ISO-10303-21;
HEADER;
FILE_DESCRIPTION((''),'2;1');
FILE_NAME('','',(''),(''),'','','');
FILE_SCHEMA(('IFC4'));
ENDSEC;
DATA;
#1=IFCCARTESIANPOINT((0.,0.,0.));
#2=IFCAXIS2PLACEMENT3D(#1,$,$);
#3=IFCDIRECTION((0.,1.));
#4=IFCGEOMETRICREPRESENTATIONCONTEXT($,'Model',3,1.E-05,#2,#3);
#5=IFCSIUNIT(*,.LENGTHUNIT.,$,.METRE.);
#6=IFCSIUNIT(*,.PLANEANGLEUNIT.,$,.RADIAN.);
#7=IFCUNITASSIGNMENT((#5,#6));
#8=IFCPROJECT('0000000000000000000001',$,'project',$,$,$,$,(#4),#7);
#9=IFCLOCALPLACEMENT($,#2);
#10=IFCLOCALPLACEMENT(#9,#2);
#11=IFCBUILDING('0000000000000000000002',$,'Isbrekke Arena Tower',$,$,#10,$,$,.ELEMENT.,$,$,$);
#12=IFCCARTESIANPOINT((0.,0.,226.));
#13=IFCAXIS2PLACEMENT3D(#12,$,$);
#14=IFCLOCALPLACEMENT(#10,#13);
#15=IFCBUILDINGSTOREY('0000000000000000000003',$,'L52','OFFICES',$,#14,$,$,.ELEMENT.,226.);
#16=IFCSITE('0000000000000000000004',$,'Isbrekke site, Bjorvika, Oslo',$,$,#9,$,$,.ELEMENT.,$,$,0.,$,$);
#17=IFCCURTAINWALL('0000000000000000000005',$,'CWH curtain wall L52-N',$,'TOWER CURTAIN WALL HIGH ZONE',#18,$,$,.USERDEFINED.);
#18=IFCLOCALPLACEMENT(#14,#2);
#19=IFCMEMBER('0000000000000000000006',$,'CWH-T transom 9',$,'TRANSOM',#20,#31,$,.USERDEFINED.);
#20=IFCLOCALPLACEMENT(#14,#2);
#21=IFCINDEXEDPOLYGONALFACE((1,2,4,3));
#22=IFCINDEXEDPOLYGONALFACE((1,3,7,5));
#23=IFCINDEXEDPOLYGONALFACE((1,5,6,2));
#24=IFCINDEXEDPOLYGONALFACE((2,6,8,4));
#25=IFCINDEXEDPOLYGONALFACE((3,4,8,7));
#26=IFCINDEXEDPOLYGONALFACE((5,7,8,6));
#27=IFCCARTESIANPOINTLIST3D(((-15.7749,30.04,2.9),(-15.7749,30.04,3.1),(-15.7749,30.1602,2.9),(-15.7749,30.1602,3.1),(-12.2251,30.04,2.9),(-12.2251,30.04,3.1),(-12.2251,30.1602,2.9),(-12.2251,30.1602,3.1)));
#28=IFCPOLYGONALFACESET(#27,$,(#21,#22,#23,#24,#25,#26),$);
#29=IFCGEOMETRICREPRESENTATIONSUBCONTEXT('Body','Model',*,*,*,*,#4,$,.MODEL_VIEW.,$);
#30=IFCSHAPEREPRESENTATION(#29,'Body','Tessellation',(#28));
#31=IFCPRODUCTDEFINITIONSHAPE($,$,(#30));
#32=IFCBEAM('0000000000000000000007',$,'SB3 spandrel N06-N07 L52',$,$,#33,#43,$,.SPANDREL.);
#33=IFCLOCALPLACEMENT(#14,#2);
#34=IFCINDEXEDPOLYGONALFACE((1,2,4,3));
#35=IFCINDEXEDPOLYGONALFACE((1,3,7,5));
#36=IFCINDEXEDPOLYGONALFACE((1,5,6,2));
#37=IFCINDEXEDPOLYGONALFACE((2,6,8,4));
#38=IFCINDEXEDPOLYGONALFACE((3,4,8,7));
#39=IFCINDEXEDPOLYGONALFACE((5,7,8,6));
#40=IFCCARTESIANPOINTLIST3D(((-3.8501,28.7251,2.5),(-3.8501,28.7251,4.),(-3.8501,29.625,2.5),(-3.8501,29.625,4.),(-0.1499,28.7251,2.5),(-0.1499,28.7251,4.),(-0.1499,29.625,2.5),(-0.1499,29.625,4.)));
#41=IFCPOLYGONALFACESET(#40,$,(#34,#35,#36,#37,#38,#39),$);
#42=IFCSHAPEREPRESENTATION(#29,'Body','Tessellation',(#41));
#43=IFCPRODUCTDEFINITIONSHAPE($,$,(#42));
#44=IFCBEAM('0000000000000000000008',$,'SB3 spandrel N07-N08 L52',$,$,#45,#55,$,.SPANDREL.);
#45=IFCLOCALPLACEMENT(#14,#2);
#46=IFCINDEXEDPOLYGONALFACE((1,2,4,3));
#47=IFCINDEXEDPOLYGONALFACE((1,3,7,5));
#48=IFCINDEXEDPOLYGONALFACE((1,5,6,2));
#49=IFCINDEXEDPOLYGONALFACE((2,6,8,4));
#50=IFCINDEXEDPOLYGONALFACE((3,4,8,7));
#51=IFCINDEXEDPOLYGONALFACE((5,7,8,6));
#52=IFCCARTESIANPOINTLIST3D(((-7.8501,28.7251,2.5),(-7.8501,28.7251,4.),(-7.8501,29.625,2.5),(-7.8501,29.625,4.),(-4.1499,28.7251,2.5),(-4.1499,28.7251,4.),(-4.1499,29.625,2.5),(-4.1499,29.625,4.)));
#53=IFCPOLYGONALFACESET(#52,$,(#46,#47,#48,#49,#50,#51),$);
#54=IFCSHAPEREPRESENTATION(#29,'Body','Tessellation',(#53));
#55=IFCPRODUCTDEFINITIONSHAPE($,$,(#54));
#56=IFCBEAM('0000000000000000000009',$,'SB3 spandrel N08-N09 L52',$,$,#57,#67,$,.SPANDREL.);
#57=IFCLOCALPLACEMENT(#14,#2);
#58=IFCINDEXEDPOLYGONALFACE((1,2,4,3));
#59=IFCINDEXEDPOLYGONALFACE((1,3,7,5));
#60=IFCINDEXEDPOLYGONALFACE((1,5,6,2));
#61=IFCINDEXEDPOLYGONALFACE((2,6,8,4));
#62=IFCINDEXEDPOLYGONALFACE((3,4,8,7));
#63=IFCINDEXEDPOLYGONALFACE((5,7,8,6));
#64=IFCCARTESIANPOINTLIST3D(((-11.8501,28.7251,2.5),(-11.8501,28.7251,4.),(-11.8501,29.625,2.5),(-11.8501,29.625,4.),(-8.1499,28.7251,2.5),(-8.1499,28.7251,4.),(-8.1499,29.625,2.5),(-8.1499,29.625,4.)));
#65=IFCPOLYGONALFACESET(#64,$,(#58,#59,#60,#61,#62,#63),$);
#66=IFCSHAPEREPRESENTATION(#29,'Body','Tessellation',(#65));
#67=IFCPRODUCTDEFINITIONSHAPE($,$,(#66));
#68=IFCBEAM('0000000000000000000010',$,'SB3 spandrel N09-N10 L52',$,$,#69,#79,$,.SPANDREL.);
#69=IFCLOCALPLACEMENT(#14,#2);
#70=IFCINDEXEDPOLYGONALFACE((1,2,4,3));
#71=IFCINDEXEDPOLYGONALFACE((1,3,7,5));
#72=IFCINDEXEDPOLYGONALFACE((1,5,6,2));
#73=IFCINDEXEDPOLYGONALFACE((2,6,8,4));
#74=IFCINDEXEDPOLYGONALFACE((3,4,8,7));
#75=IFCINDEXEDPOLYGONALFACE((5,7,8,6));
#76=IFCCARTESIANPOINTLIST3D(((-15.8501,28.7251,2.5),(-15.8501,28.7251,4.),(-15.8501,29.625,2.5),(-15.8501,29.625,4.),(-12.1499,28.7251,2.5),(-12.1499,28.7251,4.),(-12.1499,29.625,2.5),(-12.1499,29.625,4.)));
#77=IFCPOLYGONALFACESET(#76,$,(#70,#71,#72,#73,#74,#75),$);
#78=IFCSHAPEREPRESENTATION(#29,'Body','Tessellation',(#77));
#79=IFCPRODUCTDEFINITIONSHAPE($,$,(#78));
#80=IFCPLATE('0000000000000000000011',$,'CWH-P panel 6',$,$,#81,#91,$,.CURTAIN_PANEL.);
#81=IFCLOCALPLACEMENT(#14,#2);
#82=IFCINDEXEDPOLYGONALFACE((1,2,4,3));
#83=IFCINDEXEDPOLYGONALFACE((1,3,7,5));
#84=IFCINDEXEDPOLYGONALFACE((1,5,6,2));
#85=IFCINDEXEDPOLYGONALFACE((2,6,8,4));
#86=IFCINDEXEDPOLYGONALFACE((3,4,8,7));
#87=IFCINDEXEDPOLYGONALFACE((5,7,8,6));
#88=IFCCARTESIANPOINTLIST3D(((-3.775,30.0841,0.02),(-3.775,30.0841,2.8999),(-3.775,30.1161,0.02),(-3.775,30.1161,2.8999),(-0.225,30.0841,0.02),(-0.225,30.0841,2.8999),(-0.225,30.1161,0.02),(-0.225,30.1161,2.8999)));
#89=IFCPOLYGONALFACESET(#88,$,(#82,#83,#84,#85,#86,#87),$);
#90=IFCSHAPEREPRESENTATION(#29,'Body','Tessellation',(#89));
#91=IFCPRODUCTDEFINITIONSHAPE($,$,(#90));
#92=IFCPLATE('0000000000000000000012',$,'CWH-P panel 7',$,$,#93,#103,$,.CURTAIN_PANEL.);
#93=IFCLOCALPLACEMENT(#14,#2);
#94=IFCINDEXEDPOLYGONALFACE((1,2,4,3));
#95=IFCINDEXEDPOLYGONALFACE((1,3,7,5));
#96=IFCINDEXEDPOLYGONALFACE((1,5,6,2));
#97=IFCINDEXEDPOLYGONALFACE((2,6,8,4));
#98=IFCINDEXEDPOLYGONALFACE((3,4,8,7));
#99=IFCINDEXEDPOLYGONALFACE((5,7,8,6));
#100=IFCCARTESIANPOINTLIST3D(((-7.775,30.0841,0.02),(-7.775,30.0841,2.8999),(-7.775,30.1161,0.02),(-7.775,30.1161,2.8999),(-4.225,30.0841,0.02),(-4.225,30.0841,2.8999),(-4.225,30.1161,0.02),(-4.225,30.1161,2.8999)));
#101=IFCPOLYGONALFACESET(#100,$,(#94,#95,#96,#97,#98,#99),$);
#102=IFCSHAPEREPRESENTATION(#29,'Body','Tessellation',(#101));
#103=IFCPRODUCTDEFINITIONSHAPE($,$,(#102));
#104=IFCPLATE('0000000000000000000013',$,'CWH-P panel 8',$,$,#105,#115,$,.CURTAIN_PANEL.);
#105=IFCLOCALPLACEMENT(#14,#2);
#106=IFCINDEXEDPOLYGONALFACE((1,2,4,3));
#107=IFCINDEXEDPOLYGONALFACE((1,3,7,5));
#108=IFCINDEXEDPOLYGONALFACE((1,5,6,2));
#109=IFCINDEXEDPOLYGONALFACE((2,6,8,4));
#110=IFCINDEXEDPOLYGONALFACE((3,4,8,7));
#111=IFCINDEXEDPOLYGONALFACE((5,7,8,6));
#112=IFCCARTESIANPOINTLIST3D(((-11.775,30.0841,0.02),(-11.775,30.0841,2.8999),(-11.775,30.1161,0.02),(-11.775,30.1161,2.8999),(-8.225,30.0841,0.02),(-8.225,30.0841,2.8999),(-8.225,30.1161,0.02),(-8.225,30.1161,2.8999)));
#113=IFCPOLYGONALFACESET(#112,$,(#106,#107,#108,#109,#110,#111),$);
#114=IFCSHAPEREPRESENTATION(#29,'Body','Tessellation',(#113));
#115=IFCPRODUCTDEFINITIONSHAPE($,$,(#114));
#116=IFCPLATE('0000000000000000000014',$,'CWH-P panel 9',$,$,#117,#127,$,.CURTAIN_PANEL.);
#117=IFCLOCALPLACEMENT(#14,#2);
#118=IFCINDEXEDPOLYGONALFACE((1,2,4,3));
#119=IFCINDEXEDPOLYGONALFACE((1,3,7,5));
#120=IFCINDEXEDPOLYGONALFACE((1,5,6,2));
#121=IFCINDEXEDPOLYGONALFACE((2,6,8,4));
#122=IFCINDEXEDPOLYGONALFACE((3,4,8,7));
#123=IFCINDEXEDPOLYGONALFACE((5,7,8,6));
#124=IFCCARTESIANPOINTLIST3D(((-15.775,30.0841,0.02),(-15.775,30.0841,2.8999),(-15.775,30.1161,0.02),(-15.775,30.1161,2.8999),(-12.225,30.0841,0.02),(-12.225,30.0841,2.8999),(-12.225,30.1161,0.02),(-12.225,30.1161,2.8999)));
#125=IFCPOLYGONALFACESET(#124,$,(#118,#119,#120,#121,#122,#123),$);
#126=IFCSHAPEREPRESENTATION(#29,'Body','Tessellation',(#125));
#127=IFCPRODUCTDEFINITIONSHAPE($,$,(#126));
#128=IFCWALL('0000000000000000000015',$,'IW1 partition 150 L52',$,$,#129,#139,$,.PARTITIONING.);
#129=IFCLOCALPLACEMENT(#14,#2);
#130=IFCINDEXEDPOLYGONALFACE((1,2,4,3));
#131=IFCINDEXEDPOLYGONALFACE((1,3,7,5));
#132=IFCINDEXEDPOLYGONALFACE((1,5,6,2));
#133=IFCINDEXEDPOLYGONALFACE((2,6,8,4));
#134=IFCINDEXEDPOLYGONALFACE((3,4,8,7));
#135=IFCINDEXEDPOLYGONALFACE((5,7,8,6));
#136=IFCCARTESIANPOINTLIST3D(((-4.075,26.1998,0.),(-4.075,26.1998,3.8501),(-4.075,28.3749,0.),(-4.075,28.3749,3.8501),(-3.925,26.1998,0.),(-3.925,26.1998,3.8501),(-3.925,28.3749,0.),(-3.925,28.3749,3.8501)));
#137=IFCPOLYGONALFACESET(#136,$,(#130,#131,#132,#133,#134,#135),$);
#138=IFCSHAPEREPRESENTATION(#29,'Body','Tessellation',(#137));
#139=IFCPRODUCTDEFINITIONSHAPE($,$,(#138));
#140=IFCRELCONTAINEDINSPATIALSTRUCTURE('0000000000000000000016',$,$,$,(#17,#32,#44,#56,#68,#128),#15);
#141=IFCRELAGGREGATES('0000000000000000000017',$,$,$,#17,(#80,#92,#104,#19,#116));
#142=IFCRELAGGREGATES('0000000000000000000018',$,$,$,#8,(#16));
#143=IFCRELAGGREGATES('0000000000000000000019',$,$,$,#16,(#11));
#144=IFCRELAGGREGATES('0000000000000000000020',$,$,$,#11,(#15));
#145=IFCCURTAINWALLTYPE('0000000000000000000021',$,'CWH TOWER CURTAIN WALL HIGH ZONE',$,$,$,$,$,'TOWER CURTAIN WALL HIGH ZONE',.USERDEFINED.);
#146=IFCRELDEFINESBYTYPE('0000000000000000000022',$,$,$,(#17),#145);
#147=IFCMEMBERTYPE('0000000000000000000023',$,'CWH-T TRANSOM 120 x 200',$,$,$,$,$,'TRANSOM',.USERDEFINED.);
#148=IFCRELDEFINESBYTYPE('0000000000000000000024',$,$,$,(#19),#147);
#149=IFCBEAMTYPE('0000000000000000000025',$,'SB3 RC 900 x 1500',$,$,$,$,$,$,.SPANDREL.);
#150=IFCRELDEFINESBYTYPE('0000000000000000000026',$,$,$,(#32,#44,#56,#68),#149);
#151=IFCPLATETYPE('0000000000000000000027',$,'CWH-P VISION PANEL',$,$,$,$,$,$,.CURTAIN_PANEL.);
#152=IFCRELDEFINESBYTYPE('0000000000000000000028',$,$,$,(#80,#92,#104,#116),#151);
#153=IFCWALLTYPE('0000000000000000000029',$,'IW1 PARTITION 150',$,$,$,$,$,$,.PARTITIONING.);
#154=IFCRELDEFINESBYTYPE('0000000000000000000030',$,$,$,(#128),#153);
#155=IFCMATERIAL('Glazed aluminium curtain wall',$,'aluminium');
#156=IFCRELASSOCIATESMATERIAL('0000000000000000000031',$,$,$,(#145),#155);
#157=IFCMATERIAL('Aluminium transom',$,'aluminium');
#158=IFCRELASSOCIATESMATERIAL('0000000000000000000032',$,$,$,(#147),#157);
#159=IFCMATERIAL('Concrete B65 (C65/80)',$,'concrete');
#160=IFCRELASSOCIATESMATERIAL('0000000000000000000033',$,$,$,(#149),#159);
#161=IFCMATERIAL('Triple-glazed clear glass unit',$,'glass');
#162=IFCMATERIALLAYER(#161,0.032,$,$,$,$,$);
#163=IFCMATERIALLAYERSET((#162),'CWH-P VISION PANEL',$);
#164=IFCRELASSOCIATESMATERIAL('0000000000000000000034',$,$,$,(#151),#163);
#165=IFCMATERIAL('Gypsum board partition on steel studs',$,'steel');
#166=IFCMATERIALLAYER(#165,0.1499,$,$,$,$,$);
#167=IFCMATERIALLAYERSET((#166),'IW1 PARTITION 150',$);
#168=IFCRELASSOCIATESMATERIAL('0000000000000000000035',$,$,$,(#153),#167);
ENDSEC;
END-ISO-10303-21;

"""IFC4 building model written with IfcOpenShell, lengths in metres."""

from ifc_helpers import new_model, si_unit, direction, frame, frame_2d, origin, origin_2d, place, context, subcontext, project, spatial, rectangle, extrude, material, layer, layer_set, material_profile, profile_set, type_object, element, aggregate, save


model = new_model("IFC4")

# Units and contexts
model_context = context("Model", 3, precision=1e-05, world=origin(), true_north=direction((0.0, 1.0)))
body_context = subcontext(model_context, "Body", "Model", "MODEL_VIEW")
ifc_project = project(units=[si_unit("LENGTHUNIT", "METRE"), si_unit("PLANEANGLEUNIT", "RADIAN")], contexts=[model_context])

# Site, building, storey
site_placement = place(None, origin())
site = spatial("IfcSite", under=ifc_project, at=site_placement, Name="Isbrekke site, Bjorvika, Oslo", CompositionType="ELEMENT", RefElevation=0.0)
building_placement = place(site_placement, origin())
building = spatial("IfcBuilding", under=site, at=building_placement, Name="Isbrekke Arena Tower", CompositionType="ELEMENT")
storey_placement = place(building_placement, frame((0.0, 0.0, 226.0)))
storey = spatial("IfcBuildingStorey", under=building, at=storey_placement, Name="L52", Description="OFFICES", CompositionType="ELEMENT", Elevation=226.0)

# Curtain wall, member
ifc_material_1 = material(Name="Glazed aluminium curtain wall", Category="aluminium")
curtain_wall_type = type_object("IfcCurtainWallType", Name="CWH TOWER CURTAIN WALL HIGH ZONE", ElementType="TOWER CURTAIN WALL HIGH ZONE", PredefinedType="USERDEFINED", material=ifc_material_1)
curtain_wall_placement = place(storey_placement, origin())
curtain_wall = element("IfcCurtainWall", 1, at=curtain_wall_placement, inside=storey, type_object=curtain_wall_type, Name="CWH curtain wall L52-N", ObjectType="TOWER CURTAIN WALL HIGH ZONE", PredefinedType="USERDEFINED")
ifc_material_2 = material(Name="Aluminium transom", Category="aluminium")
ifc_material_profile_1 = material_profile(ifc_material_2, rectangle(XDim=0.1201, YDim=0.2, at=origin_2d()), Name="TRANSOM 120X200")
ifc_profile_set_1 = profile_set([ifc_material_profile_1], Name="Aluminium transom")
member_type_1 = type_object("IfcMemberType", Name="CWH-T TRANSOM 120 x 200", ElementType="TRANSOM", PredefinedType="USERDEFINED", material=ifc_profile_set_1)
member_1_placement = place(storey_placement, frame((-12.2251, 30.1001, 3.0), z_axis=(-1.0, 0.0, 0.0), x_axis=(0.0, -1.0, 0.0)))
member_1 = element("IfcMember", 2, at=member_1_placement, type_object=member_type_1, Name="CWH-T transom 9", ObjectType="TRANSOM", PredefinedType="USERDEFINED", context=body_context, shape_type="SweptSolid", body=[
    extrude(rectangle(XDim=0.1201, YDim=0.2, at=origin_2d()), origin(), (0.0, 0.0, 1.0), 3.5498),
])

# Beams
ifc_material_3 = material(Name="Concrete B65 (C65/80)", Category="concrete")
ifc_material_profile_2 = material_profile(ifc_material_3, rectangle(XDim=0.8999, YDim=1.5, at=origin_2d()), Name="RC 900x1500")
ifc_profile_set_2 = profile_set([ifc_material_profile_2], Name="Concrete B65 (C65/80)")
beam_type_1 = type_object("IfcBeamType", Name="SB3 RC 900 x 1500", PredefinedType="SPANDREL", material=ifc_profile_set_2)
for number, where, z_axis, x_axis, name in (
    (3, (-0.1499, 29.175, 3.25), (-1.0, 0.0, 0.0), (0.0, -1.0, 0.0), "SB3 spandrel N06-N07 L52"),
    (4, (-4.1499, 29.175, 3.25), (-1.0, 0.0, 0.0), (0.0, -1.0, 0.0), "SB3 spandrel N07-N08 L52"),
    (5, (-8.1499, 29.175, 3.25), (-1.0, 0.0, 0.0), (0.0, -1.0, 0.0), "SB3 spandrel N08-N09 L52"),
    (6, (-12.1499, 29.175, 3.25), (-1.0, 0.0, 0.0), (0.0, -1.0, 0.0), "SB3 spandrel N09-N10 L52"),
):
    element("IfcBeam", number, at=place(storey_placement, frame(where, z_axis=z_axis, x_axis=x_axis)), inside=storey, type_object=beam_type_1, Name=name, PredefinedType="SPANDREL", context=body_context, shape_type="SweptSolid", body=[
        extrude(rectangle(XDim=0.8999, YDim=1.5, at=origin_2d()), origin(), (0.0, 0.0, 1.0), 3.7002),
    ])

# Plates
ifc_material_4 = material(Name="Triple-glazed clear glass unit", Category="glass")
ifc_layer_1 = layer(ifc_material_4, 0.032)
ifc_layer_set_1 = layer_set([ifc_layer_1], Name="CWH-P VISION PANEL")
plate_type = type_object("IfcPlateType", Name="CWH-P VISION PANEL", PredefinedType="CURTAIN_PANEL", material=ifc_layer_set_1)
plate_1_placement = place(storey_placement, frame((-2.0, 30.1001, 0.02), z_axis=(0.0, 0.0, 1.0), x_axis=(-1.0, 0.0, 0.0)))
plate_1 = element("IfcPlate", 7, at=plate_1_placement, type_object=plate_type, Name="CWH-P panel 6", PredefinedType="CURTAIN_PANEL", context=body_context, shape_type="SweptSolid", body=[
    extrude(rectangle(XDim=3.55, YDim=0.032, at=origin_2d()), origin(), (0.0, 0.0, 1.0), 2.8799),
])
plate_2_placement = place(storey_placement, frame((-6.0, 30.1001, 0.02), z_axis=(0.0, 0.0, 1.0), x_axis=(-1.0, 0.0, 0.0)))
plate_2 = element("IfcPlate", 8, at=plate_2_placement, type_object=plate_type, Name="CWH-P panel 7", PredefinedType="CURTAIN_PANEL", context=body_context, shape_type="SweptSolid", body=[
    extrude(rectangle(XDim=3.55, YDim=0.032, at=origin_2d()), origin(), (0.0, 0.0, 1.0), 2.8799),
])
plate_3_placement = place(storey_placement, frame((-10.0, 30.1001, 0.02), z_axis=(0.0, 0.0, 1.0), x_axis=(-1.0, 0.0, 0.0)))
plate_3 = element("IfcPlate", 9, at=plate_3_placement, type_object=plate_type, Name="CWH-P panel 8", PredefinedType="CURTAIN_PANEL", context=body_context, shape_type="SweptSolid", body=[
    extrude(rectangle(XDim=3.55, YDim=0.032, at=origin_2d()), origin(), (0.0, 0.0, 1.0), 2.8799),
])
plate_4_placement = place(storey_placement, frame((-14.0, 30.1001, 0.02), z_axis=(0.0, 0.0, 1.0), x_axis=(-1.0, 0.0, 0.0)))
plate_4 = element("IfcPlate", 10, at=plate_4_placement, type_object=plate_type, Name="CWH-P panel 9", PredefinedType="CURTAIN_PANEL", context=body_context, shape_type="SweptSolid", body=[
    extrude(rectangle(XDim=3.55, YDim=0.032, at=origin_2d()), origin(), (0.0, 0.0, 1.0), 2.8799),
])
aggregate(curtain_wall, [plate_1, plate_2, plate_3, member_1, plate_4])

# Wall
ifc_material_5 = material(Name="Gypsum board partition on steel studs", Category="steel")
ifc_layer_2 = layer(ifc_material_5, 0.1499)
ifc_layer_set_2 = layer_set([ifc_layer_2], Name="IW1 PARTITION 150")
wall_type = type_object("IfcWallType", Name="IW1 PARTITION 150", PredefinedType="PARTITIONING", material=ifc_layer_set_2)
wall_placement = place(storey_placement, frame((-4.0, 26.2, 0.0), z_axis=(0.0, 0.0, 1.0), x_axis=(0.0, 1.0, 0.0)))
element("IfcWall", 11, at=wall_placement, inside=storey, type_object=wall_type, Name="IW1 partition 150 L52", PredefinedType="PARTITIONING", context=body_context, shape_type="SweptSolid", body=[
    extrude(rectangle(XDim=2.175, YDim=0.1499, at=frame_2d((1.0874, 0.0))), origin(), (0.0, 0.0, 1.0), 3.8501),
])

save(model, "model.ifc")
